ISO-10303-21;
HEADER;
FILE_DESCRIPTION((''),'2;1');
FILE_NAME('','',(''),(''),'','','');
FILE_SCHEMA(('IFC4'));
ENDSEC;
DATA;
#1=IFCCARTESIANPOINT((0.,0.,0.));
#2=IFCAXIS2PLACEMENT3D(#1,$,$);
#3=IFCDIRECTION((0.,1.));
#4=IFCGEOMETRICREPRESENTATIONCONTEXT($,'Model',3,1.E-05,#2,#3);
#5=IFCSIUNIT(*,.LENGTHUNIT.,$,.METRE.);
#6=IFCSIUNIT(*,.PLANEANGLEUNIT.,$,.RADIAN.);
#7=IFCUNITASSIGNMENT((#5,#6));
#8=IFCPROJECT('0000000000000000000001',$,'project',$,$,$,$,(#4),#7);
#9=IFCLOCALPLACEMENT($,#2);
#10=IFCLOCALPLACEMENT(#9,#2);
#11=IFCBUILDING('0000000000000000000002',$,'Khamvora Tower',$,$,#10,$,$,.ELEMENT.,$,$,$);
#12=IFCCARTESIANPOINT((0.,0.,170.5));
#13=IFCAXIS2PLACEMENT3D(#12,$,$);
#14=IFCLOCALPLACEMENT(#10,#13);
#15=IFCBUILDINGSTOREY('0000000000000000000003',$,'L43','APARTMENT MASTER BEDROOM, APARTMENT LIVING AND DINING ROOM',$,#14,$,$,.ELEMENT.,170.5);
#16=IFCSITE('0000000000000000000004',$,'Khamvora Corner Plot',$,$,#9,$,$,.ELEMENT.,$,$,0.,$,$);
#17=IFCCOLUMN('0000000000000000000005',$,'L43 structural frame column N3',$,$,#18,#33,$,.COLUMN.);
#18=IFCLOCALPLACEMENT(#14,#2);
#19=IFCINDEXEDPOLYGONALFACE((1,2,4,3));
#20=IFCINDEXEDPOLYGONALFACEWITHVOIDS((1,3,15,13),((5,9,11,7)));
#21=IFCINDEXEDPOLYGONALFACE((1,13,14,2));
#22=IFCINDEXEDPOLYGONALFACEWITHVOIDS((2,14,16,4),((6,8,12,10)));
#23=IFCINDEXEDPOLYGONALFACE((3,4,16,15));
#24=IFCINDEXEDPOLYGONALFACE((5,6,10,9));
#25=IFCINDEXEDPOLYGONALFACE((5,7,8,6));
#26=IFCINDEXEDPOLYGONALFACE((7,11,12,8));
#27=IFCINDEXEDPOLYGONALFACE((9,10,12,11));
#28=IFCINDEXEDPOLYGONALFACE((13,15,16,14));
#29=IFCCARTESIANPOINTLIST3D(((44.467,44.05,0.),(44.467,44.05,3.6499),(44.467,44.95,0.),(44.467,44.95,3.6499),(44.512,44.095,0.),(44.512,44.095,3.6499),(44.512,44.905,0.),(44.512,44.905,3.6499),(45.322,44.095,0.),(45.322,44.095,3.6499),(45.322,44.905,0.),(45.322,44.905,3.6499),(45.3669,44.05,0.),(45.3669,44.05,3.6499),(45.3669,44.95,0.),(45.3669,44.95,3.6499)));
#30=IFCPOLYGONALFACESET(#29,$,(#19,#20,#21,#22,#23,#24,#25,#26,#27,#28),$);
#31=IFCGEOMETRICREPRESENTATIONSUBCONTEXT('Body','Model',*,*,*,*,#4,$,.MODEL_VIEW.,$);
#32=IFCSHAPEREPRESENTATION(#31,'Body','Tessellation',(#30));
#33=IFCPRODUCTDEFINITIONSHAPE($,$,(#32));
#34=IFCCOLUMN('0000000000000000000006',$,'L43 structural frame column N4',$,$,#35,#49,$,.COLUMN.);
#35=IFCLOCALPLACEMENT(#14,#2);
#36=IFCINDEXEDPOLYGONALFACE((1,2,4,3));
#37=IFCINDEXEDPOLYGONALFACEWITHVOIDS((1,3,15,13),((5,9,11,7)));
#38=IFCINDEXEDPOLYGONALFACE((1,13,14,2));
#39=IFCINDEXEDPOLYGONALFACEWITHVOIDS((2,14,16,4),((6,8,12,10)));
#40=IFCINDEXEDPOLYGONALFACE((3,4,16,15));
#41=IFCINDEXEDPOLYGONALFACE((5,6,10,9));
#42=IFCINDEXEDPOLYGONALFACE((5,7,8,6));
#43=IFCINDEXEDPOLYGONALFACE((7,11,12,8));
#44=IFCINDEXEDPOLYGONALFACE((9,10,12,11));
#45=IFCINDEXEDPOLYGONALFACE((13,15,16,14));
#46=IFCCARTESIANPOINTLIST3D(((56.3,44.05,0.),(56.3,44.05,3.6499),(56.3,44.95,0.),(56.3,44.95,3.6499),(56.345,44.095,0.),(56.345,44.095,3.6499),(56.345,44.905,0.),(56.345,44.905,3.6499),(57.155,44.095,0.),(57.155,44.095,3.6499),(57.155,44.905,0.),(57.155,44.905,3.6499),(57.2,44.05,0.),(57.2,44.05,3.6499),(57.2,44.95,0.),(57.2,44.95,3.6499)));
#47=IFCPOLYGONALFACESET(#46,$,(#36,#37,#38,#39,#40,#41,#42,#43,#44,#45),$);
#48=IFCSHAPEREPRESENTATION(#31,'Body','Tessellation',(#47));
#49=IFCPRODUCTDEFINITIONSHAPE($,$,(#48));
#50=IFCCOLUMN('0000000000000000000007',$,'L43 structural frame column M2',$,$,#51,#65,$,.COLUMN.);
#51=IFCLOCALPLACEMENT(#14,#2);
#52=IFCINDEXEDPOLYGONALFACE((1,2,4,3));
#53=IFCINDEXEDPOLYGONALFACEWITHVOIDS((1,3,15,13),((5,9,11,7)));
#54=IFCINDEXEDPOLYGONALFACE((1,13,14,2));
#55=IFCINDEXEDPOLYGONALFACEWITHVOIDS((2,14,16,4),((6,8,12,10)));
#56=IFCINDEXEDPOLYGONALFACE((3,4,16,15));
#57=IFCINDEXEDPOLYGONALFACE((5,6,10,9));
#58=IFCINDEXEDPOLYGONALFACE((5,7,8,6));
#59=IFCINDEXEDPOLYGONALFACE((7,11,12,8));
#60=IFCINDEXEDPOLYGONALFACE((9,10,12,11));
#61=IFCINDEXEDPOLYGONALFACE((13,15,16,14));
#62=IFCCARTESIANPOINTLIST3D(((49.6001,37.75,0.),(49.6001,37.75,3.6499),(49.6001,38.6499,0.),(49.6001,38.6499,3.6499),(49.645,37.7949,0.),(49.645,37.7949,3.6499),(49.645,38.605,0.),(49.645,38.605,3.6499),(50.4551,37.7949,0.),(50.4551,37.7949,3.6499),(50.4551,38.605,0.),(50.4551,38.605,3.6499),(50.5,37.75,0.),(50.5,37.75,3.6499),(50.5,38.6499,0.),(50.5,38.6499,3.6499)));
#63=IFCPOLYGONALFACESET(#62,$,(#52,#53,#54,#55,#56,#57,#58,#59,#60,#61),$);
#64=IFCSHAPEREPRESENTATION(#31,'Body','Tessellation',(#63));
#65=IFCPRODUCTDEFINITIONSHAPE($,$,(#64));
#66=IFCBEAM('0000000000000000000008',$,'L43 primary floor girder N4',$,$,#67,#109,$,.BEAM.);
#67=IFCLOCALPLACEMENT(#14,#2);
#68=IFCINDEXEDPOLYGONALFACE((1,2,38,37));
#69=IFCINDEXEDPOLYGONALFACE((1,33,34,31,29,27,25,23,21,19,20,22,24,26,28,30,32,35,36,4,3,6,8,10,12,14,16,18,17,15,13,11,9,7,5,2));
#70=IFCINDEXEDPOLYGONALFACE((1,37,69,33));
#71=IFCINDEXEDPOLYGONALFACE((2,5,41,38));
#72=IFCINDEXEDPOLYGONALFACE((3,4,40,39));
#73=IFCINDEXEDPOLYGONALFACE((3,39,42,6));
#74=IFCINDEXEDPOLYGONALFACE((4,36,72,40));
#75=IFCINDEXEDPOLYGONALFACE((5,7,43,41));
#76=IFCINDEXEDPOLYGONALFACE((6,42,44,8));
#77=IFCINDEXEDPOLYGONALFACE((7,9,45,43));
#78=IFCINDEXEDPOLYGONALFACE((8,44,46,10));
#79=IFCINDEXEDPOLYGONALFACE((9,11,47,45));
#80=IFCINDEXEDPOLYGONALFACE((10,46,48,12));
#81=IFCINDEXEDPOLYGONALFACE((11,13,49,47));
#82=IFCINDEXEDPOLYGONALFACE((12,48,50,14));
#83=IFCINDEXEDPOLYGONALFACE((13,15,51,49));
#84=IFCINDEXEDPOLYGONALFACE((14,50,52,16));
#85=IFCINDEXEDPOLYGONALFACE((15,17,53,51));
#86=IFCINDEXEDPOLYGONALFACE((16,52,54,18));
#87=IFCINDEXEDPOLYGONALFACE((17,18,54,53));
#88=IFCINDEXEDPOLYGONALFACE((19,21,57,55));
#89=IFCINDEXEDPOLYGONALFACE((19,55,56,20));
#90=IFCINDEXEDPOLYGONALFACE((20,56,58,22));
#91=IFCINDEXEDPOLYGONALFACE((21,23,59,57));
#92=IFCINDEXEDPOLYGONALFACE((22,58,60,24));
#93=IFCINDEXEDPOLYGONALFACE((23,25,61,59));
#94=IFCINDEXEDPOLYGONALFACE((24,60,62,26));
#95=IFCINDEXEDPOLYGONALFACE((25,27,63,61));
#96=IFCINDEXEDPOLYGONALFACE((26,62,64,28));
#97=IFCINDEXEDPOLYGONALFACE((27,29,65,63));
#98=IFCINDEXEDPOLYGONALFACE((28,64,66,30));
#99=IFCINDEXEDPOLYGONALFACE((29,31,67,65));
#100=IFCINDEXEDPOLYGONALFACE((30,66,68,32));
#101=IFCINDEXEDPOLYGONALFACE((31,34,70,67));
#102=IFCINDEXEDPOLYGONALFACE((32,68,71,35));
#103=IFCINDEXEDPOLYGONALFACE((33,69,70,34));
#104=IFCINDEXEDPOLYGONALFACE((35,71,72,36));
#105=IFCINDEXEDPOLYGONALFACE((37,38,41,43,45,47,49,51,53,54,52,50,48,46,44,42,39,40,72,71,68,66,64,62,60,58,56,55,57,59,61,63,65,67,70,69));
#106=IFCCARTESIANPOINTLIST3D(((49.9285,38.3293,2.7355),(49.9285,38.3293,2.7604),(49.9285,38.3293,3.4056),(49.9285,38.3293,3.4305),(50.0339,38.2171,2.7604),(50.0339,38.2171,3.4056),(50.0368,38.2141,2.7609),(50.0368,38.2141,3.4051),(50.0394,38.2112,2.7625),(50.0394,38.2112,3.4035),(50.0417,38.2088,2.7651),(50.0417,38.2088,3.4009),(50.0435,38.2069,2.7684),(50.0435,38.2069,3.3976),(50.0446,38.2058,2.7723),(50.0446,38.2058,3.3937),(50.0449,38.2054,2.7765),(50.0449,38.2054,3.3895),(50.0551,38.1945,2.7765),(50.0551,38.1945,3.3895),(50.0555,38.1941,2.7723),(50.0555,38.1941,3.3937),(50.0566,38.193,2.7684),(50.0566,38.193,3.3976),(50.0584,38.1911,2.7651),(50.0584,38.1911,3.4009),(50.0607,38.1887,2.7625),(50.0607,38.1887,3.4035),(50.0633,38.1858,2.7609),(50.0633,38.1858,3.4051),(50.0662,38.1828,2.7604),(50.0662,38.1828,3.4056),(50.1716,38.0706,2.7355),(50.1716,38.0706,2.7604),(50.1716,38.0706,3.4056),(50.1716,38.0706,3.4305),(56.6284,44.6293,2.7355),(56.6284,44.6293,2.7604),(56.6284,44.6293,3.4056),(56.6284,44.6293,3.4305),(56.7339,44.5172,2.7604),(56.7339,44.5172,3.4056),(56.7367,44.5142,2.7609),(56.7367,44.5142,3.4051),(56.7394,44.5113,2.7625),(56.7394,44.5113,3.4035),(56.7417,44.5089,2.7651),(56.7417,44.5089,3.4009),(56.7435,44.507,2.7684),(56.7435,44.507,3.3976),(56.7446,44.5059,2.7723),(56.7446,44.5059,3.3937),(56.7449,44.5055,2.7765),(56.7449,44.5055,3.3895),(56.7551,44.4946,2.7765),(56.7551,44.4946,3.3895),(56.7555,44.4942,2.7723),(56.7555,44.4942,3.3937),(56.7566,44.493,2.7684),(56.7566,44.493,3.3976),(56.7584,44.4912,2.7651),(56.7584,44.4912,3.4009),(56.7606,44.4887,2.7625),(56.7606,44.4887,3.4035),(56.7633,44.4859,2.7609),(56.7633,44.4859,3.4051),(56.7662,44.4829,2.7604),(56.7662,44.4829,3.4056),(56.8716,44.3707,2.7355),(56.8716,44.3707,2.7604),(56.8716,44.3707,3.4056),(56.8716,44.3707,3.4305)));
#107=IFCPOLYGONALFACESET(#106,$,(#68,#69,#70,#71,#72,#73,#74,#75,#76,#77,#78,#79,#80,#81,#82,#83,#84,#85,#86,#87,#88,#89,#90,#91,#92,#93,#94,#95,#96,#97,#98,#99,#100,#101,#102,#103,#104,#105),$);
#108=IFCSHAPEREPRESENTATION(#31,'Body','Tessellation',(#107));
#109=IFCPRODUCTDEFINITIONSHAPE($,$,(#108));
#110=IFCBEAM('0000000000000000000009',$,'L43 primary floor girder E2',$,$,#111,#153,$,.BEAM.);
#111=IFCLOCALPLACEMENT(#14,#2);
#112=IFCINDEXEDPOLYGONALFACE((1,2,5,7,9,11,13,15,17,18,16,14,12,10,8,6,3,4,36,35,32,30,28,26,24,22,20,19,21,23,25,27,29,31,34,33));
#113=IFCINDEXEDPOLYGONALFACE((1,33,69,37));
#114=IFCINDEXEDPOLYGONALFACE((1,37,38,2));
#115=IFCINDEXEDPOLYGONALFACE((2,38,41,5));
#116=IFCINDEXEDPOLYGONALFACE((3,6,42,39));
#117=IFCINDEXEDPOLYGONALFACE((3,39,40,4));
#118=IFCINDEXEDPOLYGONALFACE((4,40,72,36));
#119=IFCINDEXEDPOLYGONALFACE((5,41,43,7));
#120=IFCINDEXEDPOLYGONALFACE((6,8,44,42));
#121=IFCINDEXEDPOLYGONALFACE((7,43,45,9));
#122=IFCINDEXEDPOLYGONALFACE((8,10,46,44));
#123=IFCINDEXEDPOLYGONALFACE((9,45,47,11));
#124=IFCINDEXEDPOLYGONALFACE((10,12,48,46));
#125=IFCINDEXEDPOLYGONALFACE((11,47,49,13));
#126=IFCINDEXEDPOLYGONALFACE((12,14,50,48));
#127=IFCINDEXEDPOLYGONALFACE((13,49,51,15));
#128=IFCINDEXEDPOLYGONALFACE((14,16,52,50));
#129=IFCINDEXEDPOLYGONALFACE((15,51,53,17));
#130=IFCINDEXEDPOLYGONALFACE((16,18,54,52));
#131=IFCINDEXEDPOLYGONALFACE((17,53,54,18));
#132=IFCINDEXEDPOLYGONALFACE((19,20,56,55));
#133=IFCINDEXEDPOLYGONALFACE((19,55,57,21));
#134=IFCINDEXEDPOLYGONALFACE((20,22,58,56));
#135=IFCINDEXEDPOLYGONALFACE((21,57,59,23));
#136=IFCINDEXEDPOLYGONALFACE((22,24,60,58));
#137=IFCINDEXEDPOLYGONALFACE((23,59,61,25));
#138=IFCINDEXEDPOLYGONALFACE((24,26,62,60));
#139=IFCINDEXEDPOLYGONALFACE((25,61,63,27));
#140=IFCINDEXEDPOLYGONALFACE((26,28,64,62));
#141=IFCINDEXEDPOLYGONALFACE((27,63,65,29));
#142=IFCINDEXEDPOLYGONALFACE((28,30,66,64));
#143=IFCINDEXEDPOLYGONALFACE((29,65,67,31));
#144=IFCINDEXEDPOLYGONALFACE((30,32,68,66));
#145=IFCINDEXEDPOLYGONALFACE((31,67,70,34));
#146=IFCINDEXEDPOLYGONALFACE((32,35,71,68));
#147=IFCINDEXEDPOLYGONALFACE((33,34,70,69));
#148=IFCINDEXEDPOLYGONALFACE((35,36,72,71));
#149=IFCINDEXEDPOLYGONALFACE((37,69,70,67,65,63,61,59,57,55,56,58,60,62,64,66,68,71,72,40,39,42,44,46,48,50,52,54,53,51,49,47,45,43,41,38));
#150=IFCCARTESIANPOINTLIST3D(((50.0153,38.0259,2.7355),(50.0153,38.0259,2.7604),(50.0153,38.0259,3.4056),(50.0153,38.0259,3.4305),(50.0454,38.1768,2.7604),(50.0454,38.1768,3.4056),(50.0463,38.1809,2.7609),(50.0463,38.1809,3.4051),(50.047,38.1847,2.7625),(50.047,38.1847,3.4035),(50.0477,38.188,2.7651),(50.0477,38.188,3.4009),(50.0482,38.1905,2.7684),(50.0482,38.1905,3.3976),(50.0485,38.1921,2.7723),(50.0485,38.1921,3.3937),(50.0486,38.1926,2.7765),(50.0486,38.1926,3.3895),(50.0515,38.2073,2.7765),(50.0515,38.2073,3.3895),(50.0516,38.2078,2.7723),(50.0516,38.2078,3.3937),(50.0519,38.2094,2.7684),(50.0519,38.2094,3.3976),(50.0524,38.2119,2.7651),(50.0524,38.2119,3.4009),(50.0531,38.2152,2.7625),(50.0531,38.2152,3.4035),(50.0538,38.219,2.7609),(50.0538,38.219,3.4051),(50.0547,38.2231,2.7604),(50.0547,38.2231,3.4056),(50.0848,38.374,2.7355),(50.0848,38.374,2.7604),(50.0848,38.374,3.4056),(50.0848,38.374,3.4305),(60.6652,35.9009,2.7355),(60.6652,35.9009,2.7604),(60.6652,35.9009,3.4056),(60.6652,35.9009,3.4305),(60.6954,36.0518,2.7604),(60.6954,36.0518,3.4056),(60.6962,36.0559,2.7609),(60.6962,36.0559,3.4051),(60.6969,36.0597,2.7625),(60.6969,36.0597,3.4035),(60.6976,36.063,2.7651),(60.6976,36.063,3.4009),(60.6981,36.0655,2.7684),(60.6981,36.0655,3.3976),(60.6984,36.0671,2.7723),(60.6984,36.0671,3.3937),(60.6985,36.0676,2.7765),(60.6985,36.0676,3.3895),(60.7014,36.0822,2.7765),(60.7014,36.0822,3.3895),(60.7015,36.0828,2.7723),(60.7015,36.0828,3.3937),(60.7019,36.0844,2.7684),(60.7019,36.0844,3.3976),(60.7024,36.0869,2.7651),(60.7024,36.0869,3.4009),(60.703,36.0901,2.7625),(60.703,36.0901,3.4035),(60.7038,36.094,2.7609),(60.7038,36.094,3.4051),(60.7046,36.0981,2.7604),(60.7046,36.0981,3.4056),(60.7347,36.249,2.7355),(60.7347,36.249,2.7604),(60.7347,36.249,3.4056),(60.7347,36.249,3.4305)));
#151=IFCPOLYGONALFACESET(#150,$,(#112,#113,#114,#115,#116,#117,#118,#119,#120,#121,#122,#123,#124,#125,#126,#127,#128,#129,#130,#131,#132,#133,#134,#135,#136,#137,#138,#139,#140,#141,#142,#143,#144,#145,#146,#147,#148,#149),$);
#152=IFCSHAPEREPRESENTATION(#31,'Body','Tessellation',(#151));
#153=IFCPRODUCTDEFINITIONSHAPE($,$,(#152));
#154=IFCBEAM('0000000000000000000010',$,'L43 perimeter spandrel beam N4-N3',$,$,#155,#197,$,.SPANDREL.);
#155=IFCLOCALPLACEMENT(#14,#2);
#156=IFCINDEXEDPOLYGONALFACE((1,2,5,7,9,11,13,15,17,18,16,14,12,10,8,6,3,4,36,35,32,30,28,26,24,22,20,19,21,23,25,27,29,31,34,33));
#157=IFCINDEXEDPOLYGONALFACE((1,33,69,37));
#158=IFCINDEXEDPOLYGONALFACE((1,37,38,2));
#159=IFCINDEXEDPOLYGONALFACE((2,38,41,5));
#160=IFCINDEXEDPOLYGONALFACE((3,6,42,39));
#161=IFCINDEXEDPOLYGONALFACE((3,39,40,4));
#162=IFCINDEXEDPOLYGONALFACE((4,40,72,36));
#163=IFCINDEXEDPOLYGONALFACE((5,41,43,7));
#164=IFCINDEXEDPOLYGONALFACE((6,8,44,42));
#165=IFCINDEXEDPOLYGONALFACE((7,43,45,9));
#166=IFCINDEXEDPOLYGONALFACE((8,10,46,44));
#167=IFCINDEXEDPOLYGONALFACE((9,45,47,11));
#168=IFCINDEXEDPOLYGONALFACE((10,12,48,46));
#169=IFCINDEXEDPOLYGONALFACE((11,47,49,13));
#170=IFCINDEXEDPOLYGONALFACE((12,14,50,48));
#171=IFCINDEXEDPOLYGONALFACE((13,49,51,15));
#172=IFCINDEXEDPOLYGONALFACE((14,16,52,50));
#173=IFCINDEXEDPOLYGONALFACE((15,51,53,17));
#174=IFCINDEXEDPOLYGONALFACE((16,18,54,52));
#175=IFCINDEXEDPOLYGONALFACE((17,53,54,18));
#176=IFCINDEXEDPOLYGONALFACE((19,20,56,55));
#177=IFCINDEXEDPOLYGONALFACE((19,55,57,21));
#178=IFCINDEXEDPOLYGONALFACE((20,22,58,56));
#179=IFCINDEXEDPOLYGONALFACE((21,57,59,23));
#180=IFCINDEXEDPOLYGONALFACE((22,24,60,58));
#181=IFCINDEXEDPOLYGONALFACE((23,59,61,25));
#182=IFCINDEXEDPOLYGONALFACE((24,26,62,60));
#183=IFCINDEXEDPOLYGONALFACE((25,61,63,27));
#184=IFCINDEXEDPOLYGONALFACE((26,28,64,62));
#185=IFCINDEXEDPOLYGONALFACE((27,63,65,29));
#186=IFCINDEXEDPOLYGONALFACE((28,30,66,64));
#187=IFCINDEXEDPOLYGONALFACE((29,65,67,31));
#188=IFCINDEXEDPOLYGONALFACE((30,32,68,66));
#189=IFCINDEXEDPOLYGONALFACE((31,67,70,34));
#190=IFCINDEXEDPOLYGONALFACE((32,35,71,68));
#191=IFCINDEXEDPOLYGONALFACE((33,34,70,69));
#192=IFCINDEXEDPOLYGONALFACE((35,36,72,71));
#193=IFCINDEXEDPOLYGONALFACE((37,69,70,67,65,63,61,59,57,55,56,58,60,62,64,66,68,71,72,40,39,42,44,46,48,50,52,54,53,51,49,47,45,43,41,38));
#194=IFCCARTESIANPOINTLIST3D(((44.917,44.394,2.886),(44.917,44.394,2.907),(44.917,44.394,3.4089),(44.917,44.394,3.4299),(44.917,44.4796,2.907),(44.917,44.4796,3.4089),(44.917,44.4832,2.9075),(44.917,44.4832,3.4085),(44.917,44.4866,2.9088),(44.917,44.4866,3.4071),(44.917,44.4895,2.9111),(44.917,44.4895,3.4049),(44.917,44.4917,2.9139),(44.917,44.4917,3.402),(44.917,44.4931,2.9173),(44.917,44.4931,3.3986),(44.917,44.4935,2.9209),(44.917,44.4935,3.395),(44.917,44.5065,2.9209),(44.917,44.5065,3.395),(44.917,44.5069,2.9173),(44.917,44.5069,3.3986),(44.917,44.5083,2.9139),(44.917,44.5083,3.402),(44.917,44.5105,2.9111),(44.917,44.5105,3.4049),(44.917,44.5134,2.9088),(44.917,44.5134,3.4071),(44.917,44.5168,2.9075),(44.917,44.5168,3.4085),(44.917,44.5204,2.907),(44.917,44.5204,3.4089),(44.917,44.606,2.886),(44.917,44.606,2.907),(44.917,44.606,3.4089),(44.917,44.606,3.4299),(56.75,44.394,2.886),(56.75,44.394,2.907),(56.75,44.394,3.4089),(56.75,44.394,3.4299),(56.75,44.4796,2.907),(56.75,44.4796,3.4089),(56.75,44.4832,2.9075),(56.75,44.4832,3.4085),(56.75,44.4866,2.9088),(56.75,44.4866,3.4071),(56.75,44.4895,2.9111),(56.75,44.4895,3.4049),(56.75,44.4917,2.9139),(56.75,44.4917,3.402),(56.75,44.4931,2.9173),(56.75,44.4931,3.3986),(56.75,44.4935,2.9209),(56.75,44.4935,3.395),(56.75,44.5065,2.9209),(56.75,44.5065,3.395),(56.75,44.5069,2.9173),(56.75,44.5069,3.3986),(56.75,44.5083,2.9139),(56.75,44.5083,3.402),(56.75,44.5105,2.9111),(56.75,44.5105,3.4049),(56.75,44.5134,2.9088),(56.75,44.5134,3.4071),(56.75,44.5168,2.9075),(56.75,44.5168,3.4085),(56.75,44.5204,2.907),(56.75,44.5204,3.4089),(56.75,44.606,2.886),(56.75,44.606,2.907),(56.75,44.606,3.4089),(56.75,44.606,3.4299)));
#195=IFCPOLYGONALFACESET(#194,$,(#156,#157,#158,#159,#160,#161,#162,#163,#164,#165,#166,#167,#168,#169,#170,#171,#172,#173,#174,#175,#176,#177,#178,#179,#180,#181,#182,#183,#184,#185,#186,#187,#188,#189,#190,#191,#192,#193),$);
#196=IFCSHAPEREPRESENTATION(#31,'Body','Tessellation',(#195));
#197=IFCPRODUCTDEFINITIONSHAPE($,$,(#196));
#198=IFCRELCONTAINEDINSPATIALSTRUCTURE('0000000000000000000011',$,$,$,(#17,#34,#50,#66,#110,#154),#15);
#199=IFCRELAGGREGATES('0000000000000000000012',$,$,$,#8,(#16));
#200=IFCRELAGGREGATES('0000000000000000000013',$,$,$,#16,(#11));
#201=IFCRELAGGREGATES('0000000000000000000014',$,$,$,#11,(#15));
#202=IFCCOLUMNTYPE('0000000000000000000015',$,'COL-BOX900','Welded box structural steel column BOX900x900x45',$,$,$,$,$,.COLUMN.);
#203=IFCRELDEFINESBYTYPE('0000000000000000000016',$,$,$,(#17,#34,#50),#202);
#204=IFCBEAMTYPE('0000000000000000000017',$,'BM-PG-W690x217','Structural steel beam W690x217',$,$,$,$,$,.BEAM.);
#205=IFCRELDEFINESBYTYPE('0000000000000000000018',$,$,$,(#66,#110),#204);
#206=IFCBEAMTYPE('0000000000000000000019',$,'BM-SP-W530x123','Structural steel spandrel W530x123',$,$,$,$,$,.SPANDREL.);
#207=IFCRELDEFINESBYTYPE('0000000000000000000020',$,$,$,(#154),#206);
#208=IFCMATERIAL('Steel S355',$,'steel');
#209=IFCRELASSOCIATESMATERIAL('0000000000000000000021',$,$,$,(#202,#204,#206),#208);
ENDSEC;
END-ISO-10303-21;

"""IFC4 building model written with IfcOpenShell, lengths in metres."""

from ifc_helpers import new_model, si_unit, direction, frame, origin, origin_2d, place, context, subcontext, project, spatial, hollow_rectangle, i_section, extrude, material, material_profile, profile_set, type_object, element, save


model = new_model("IFC4")

# Units and contexts
model_context = context("Model", 3, precision=1e-05, world=origin(), true_north=direction((0.0, 1.0)))
body_context = subcontext(model_context, "Body", "Model", "MODEL_VIEW")
ifc_project = project(units=[si_unit("LENGTHUNIT", "METRE"), si_unit("PLANEANGLEUNIT", "RADIAN")], contexts=[model_context])

# Site, building, storey
site_placement = place(None, origin())
site = spatial("IfcSite", under=ifc_project, at=site_placement, Name="Khamvora Corner Plot", CompositionType="ELEMENT", RefElevation=0.0)
building_placement = place(site_placement, origin())
building = spatial("IfcBuilding", under=site, at=building_placement, Name="Khamvora Tower", CompositionType="ELEMENT")
storey_placement = place(building_placement, frame((0.0, 0.0, 170.5)))
storey = spatial("IfcBuildingStorey", under=building, at=storey_placement, Name="L43", Description="APARTMENT MASTER BEDROOM, APARTMENT LIVING AND DINING ROOM", CompositionType="ELEMENT", Elevation=170.5)

# Columns
ifc_material_1 = material(Name="Steel S355", Category="steel")
ifc_material_profile_1 = material_profile(ifc_material_1, hollow_rectangle(XDim=0.8999, YDim=0.8999, WallThickness=0.0449, at=origin_2d()), Name="BOX900x900x45")
ifc_profile_set_1 = profile_set([ifc_material_profile_1], Name="Steel S355")
column_type = type_object("IfcColumnType", Name="COL-BOX900", Description="Welded box structural steel column BOX900x900x45", PredefinedType="COLUMN", material=ifc_profile_set_1)
for number, where, z_axis, x_axis, name in (
    (1, (44.917, 44.5, 0.0), (0.0, 0.0, 1.0), (1.0, 0.0, 0.0), "L43 structural frame column N3"),
    (2, (56.75, 44.5, 0.0), (0.0, 0.0, 1.0), (1.0, 0.0, 0.0), "L43 structural frame column N4"),
    (3, (50.05, 38.2, 0.0), (0.0, 0.0, 1.0), (1.0, 0.0, 0.0), "L43 structural frame column M2"),
):
    element("IfcColumn", number, at=place(storey_placement, frame(where, z_axis=z_axis, x_axis=x_axis)), inside=storey, type_object=column_type, Name=name, PredefinedType="COLUMN", context=body_context, shape_type="SweptSolid", body=[
        extrude(hollow_rectangle(XDim=0.8999, YDim=0.8999, WallThickness=0.0449, at=origin_2d()), origin(), (0.0, 0.0, 1.0), 3.6499),
    ])

# Beams
ifc_material_profile_2 = material_profile(ifc_material_1, i_section(OverallWidth=0.355, OverallDepth=0.6951, WebThickness=0.0149, FlangeThickness=0.0249, FilletRadius=0.0161, at=origin_2d()), Name="W690x217")
ifc_profile_set_2 = profile_set([ifc_material_profile_2], Name="Steel S355")
beam_type_1 = type_object("IfcBeamType", Name="BM-PG-W690x217", Description="Structural steel beam W690x217", PredefinedType="BEAM", material=ifc_profile_set_2)
beam_1_placement = place(storey_placement, frame((50.05, 38.2, 3.083), z_axis=(0.728514, 0.685031, 0.0), x_axis=(-0.685031, 0.728514, 0.0)))
element("IfcBeam", 4, at=beam_1_placement, inside=storey, type_object=beam_type_1, Name="L43 primary floor girder N4", PredefinedType="BEAM", context=body_context, shape_type="SweptSolid", body=[
    extrude(i_section(OverallWidth=0.355, OverallDepth=0.6951, WebThickness=0.0149, FlangeThickness=0.0249, FilletRadius=0.0161, at=origin_2d()), origin(), (0.0, 0.0, 1.0), 9.1968),
])
beam_2_placement = place(storey_placement, frame((50.05, 38.2, 3.083), z_axis=(0.980669, -0.195675, 0.0), x_axis=(0.195675, 0.980669, 0.0)))
element("IfcBeam", 5, at=beam_2_placement, inside=storey, type_object=beam_type_1, Name="L43 primary floor girder E2", PredefinedType="BEAM", context=body_context, shape_type="SweptSolid", body=[
    extrude(i_section(OverallWidth=0.355, OverallDepth=0.6951, WebThickness=0.0149, FlangeThickness=0.0249, FilletRadius=0.0161, at=origin_2d()), origin(), (0.0, 0.0, 1.0), 10.8599),
])
ifc_material_profile_3 = material_profile(ifc_material_1, i_section(OverallWidth=0.2119, OverallDepth=0.5439, WebThickness=0.0129, FlangeThickness=0.021, FilletRadius=0.0139, at=origin_2d()), Name="W530x123")
ifc_profile_set_3 = profile_set([ifc_material_profile_3], Name="Steel S355")
beam_type_2 = type_object("IfcBeamType", Name="BM-SP-W530x123", Description="Structural steel spandrel W530x123", PredefinedType="SPANDREL", material=ifc_profile_set_3)
beam_3_placement = place(storey_placement, frame((56.75, 44.5, 3.158), z_axis=(-1.0, 0.0, 0.0), x_axis=(0.0, -1.0, 0.0)))
element("IfcBeam", 6, at=beam_3_placement, inside=storey, type_object=beam_type_2, Name="L43 perimeter spandrel beam N4-N3", PredefinedType="SPANDREL", context=body_context, shape_type="SweptSolid", body=[
    extrude(i_section(OverallWidth=0.2119, OverallDepth=0.5439, WebThickness=0.0129, FlangeThickness=0.021, FilletRadius=0.0139, at=origin_2d()), origin(), (0.0, 0.0, 1.0), 11.833),
])

save(model, "model.ifc")
